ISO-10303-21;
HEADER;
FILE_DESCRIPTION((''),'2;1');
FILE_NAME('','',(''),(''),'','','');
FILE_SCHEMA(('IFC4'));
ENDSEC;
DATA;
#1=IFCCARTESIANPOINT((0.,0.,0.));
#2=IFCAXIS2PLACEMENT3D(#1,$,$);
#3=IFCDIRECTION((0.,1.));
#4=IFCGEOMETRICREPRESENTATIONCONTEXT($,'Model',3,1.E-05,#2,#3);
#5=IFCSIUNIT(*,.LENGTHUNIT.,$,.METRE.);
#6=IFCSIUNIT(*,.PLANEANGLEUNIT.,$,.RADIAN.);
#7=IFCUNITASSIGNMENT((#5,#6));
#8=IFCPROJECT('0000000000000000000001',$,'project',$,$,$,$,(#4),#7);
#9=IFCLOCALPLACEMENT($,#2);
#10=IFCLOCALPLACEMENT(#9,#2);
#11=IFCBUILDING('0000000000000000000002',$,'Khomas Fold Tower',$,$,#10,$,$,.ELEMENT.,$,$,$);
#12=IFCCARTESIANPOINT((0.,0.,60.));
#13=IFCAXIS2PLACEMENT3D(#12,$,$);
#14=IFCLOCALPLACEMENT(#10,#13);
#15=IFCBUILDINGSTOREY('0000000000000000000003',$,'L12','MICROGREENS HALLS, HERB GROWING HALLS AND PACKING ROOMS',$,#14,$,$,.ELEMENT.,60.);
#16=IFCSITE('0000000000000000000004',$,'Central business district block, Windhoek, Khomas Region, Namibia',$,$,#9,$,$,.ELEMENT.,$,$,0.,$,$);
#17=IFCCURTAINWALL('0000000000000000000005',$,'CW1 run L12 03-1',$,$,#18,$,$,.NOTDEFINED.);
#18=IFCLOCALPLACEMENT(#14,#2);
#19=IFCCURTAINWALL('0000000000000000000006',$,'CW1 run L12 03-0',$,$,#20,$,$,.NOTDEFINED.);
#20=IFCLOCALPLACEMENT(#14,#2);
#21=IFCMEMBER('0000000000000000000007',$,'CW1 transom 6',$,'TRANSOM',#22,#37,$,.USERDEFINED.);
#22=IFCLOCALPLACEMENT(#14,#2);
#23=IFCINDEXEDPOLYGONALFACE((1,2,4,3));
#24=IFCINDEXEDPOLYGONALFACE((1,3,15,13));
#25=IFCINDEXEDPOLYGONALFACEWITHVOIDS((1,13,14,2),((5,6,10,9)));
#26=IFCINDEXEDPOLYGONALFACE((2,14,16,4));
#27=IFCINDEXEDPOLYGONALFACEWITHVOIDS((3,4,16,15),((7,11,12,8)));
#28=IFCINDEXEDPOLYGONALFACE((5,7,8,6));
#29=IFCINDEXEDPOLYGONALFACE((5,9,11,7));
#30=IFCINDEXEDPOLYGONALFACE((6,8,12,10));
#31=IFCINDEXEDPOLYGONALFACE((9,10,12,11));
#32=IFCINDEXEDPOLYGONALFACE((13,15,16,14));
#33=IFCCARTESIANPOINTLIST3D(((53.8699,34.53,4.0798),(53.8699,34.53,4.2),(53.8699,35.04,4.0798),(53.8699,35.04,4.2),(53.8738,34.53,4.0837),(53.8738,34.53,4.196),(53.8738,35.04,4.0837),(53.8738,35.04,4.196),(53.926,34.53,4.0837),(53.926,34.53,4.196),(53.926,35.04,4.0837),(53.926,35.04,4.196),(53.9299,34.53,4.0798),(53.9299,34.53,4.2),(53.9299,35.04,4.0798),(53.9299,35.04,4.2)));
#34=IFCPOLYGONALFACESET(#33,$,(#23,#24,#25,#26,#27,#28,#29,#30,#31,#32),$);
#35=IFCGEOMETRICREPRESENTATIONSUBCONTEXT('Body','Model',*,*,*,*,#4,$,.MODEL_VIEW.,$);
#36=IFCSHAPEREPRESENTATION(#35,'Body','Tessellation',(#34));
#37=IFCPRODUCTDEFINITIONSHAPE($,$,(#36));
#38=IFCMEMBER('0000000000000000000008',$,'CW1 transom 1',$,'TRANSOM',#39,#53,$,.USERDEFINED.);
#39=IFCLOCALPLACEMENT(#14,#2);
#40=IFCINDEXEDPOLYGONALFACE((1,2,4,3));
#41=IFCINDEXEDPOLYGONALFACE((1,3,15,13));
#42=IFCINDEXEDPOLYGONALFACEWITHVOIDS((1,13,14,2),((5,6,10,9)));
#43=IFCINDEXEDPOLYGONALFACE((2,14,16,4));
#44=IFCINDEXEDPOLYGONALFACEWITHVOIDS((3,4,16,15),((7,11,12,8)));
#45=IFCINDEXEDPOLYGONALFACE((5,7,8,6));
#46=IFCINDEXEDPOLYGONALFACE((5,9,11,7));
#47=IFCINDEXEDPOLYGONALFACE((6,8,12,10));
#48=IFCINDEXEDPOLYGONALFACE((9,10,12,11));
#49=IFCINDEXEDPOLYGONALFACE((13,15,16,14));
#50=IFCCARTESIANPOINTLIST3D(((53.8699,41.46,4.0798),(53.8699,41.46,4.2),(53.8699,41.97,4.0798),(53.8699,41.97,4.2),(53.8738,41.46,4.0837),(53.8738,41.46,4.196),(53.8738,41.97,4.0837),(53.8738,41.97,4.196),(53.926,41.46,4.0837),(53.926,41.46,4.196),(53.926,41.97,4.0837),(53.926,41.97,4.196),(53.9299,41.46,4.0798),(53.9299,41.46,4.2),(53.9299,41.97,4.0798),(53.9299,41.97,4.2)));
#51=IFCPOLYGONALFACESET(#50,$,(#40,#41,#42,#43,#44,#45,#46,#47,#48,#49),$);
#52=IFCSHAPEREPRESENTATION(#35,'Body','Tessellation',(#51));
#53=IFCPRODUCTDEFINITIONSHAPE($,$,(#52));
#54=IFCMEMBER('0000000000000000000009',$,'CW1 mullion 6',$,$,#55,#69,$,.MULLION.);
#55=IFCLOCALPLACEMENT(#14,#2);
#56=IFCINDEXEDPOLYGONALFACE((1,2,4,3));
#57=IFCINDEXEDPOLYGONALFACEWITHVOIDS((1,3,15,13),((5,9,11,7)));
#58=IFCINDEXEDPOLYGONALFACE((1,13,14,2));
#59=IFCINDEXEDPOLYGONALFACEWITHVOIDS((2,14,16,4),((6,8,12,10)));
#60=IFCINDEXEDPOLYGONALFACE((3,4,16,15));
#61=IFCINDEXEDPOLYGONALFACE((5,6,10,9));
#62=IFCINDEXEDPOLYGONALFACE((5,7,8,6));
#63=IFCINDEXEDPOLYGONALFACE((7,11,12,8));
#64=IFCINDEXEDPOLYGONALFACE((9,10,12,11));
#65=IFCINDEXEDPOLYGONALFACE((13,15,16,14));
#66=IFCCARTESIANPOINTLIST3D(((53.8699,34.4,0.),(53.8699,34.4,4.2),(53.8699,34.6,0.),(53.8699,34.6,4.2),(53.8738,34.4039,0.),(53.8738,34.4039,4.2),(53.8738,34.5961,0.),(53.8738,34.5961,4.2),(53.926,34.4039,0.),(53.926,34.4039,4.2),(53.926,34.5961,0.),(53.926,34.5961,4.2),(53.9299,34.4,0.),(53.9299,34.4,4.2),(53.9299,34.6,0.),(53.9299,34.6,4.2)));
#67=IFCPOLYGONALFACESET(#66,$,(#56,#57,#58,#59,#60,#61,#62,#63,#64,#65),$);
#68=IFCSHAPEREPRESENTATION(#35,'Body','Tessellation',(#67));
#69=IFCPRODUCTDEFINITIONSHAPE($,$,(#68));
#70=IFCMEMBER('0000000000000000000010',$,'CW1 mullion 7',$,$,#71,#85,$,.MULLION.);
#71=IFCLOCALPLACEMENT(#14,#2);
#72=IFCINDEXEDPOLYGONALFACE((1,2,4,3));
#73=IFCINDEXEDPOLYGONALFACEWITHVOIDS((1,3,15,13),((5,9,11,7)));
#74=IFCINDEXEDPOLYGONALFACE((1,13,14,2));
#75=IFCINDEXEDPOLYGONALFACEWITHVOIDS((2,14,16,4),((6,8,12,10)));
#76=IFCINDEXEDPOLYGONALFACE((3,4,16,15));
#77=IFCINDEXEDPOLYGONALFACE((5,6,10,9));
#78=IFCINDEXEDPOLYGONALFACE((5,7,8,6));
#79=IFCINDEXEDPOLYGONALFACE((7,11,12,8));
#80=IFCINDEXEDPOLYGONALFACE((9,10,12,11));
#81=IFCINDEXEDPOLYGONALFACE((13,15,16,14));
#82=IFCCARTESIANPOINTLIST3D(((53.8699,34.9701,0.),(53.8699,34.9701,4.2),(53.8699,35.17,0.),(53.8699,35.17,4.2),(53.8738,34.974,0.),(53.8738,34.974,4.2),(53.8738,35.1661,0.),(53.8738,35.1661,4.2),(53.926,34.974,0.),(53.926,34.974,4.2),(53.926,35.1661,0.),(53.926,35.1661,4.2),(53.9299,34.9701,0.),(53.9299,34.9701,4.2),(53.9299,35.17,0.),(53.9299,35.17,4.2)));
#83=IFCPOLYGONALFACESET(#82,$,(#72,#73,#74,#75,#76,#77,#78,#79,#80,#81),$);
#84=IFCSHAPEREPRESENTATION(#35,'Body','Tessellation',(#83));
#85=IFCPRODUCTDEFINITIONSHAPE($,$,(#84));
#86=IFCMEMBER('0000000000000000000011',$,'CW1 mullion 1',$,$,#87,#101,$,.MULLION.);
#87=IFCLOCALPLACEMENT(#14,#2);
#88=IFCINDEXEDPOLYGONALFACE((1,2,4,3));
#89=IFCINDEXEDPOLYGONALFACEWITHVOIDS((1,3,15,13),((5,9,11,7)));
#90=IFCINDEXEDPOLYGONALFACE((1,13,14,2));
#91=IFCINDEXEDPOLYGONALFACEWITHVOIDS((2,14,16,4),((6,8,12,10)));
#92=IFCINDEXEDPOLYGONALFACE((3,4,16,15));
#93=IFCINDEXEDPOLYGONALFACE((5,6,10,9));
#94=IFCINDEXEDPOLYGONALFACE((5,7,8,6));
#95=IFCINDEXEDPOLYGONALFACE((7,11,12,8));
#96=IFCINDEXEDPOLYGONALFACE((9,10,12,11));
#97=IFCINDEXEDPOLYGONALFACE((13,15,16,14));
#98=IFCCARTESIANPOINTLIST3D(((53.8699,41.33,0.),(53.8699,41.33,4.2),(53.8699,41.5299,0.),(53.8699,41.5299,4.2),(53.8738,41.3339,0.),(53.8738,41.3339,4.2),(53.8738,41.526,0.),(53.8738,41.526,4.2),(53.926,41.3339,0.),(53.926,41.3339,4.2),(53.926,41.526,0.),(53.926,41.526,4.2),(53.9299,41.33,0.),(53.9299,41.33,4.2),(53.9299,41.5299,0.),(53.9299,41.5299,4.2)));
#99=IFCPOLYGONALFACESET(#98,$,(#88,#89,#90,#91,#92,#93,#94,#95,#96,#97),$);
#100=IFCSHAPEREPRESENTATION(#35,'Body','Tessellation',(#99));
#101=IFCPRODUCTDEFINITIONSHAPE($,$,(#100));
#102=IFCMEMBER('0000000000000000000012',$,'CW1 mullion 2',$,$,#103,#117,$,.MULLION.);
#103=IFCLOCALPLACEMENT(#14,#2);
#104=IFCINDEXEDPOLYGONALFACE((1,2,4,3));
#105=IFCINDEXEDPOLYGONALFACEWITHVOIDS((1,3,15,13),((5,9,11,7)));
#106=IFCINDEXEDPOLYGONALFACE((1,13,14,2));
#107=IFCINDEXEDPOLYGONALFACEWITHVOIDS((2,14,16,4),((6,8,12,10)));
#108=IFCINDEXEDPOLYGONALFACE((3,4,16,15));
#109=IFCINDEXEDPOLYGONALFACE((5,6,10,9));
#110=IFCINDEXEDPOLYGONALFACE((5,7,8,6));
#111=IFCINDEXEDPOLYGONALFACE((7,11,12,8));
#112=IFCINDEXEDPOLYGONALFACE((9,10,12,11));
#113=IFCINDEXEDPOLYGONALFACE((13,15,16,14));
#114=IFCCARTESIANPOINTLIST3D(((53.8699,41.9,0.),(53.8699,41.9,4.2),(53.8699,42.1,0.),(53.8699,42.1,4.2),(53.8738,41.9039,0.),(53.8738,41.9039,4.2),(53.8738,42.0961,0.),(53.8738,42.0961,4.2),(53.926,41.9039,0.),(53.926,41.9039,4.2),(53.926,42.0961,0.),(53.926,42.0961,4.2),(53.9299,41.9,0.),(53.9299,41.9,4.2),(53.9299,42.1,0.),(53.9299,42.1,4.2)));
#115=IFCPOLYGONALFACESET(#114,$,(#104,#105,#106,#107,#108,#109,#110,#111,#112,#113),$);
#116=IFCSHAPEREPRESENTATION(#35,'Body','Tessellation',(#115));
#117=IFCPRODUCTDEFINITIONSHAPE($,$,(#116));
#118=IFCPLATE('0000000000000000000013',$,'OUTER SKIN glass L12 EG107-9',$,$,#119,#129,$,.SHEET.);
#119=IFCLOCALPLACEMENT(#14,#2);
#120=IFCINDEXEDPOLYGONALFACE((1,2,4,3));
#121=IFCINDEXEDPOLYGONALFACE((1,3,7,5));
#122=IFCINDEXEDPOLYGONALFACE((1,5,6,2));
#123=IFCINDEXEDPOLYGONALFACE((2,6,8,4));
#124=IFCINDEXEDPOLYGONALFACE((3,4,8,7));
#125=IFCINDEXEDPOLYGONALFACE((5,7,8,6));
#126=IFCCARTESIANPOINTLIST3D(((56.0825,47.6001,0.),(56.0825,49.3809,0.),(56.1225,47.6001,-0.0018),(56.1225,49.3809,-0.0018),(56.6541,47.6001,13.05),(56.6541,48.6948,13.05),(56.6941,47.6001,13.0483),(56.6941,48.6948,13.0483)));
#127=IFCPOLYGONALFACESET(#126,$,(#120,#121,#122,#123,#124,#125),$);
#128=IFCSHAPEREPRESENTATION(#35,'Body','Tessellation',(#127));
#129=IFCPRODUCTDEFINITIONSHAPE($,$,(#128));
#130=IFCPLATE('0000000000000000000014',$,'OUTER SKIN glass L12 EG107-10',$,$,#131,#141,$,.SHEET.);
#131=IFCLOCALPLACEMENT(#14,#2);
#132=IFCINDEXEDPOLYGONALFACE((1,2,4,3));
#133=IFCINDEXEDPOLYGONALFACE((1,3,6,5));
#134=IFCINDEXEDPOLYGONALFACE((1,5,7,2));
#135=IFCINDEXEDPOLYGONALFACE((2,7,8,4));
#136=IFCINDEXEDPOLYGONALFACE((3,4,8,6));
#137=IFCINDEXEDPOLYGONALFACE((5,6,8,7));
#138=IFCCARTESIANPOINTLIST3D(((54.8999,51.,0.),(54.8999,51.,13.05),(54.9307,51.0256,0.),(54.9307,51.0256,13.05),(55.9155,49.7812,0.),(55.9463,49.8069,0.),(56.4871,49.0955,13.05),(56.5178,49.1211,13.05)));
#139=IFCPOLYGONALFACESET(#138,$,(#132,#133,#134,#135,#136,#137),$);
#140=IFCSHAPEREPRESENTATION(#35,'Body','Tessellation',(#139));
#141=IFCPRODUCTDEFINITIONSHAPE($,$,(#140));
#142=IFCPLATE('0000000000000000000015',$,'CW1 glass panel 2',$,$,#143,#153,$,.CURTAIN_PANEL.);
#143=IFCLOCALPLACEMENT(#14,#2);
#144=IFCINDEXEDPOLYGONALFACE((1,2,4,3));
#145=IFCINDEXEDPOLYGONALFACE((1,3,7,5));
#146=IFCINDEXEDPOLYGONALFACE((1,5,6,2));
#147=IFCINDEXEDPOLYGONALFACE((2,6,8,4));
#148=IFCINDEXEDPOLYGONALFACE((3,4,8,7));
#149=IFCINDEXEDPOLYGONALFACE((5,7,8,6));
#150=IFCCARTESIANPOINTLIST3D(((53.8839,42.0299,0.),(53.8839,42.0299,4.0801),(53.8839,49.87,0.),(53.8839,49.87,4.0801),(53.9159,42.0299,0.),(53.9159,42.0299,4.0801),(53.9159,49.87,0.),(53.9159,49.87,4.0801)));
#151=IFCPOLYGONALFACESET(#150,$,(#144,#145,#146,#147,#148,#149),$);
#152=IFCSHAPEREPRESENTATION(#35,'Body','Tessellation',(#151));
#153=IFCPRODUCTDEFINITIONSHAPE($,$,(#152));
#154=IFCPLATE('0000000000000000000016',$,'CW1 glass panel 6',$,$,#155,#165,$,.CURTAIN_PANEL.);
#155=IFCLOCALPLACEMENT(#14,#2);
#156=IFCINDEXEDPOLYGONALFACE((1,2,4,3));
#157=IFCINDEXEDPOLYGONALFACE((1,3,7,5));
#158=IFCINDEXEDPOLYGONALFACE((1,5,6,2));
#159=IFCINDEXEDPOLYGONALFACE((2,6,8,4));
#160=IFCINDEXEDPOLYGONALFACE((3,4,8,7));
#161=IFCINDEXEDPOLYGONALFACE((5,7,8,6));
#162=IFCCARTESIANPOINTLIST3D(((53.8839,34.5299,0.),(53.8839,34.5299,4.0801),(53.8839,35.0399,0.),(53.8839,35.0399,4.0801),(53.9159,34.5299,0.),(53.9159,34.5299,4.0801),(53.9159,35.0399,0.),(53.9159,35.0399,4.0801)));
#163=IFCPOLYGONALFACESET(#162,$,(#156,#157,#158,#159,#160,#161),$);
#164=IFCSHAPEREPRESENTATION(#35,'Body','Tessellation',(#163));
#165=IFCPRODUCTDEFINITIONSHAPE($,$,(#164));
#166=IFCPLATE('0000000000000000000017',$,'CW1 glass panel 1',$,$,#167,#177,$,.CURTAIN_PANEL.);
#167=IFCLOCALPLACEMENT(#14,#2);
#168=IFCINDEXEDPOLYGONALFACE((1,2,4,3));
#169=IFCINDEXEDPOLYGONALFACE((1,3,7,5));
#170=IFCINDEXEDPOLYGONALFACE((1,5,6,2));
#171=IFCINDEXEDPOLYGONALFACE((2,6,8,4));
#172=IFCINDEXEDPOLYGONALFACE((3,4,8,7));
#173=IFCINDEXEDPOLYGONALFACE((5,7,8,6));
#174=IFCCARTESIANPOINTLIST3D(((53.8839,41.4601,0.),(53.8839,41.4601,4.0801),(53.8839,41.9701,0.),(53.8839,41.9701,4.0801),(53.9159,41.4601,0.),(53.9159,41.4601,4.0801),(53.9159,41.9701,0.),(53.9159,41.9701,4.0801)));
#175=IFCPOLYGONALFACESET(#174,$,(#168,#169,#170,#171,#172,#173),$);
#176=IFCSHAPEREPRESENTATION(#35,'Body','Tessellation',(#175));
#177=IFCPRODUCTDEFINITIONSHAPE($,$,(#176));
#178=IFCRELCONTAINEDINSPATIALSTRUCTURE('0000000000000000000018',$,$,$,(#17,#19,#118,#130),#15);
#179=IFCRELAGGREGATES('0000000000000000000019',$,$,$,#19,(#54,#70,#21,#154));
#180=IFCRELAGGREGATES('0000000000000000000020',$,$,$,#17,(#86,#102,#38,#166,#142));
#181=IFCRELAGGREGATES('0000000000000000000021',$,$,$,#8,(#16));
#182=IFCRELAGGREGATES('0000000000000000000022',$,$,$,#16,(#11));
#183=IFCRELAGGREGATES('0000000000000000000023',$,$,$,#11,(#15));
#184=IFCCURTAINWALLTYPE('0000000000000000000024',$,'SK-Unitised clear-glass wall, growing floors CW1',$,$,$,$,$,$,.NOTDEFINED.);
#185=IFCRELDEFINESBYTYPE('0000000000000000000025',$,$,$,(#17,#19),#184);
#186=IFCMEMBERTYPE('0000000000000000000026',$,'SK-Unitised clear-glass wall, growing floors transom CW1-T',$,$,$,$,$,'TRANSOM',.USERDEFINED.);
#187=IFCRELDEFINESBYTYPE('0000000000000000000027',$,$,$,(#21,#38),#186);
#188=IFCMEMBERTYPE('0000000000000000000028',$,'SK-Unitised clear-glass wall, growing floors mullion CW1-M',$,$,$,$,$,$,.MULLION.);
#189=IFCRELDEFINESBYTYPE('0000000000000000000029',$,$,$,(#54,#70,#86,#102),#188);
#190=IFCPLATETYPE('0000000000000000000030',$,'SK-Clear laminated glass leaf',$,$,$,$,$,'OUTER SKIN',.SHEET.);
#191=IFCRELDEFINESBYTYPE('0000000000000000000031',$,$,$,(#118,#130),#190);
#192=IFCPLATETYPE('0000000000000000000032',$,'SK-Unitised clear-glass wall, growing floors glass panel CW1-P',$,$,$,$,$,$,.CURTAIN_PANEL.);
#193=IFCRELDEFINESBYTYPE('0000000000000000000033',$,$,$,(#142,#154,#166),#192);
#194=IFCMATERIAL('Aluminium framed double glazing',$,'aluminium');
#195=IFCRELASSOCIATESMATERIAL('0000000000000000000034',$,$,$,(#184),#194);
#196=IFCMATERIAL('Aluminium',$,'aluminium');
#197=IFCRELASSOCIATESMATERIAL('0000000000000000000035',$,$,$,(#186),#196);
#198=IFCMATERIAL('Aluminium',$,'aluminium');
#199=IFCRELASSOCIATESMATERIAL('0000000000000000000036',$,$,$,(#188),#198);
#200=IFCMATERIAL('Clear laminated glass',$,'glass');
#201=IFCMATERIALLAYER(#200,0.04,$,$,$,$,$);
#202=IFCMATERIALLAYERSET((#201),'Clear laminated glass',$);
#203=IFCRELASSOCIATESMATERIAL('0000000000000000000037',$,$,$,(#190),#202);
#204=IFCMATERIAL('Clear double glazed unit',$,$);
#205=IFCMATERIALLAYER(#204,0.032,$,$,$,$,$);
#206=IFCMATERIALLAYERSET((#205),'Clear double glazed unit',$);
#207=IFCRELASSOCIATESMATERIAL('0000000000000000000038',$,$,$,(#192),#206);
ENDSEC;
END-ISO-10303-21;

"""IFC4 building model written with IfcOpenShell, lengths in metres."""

from ifc_helpers import new_model, si_unit, direction, frame, origin, origin_2d, place, context, subcontext, project, spatial, polyline, rectangle, hollow_rectangle, outline, extrude, source, transform, mapped, material, layer, layer_set, material_profile, profile_set, type_object, element, aggregate, save


model = new_model("IFC4")

# Units and contexts
model_context = context("Model", 3, precision=1e-05, world=origin(), true_north=direction((0.0, 1.0)))
body_context = subcontext(model_context, "Body", "Model", "MODEL_VIEW")
ifc_project = project(units=[si_unit("LENGTHUNIT", "METRE"), si_unit("PLANEANGLEUNIT", "RADIAN")], contexts=[model_context])

# Site, building, storey
site_placement = place(None, origin())
site = spatial("IfcSite", under=ifc_project, at=site_placement, Name="Central business district block, Windhoek, Khomas Region, Namibia", CompositionType="ELEMENT", RefElevation=0.0)
building_placement = place(site_placement, origin())
building = spatial("IfcBuilding", under=site, at=building_placement, Name="Khomas Fold Tower", CompositionType="ELEMENT")
storey_placement = place(building_placement, frame((0.0, 0.0, 60.0)))
storey = spatial("IfcBuildingStorey", under=building, at=storey_placement, Name="L12", Description="MICROGREENS HALLS, HERB GROWING HALLS AND PACKING ROOMS", CompositionType="ELEMENT", Elevation=60.0)

# Curtain walls, member
ifc_material_1 = material(Name="Aluminium framed double glazing", Category="aluminium")
curtain_wall_type = type_object("IfcCurtainWallType", Name="SK-Unitised clear-glass wall, growing floors CW1", PredefinedType="NOTDEFINED", material=ifc_material_1)
curtain_wall_1_placement = place(storey_placement, origin())
curtain_wall_1 = element("IfcCurtainWall", 1, at=curtain_wall_1_placement, inside=storey, type_object=curtain_wall_type, Name="CW1 run L12 03-1", PredefinedType="NOTDEFINED")
ifc_material_2 = material(Name="Aluminium", Category="aluminium")
ifc_material_profile_1 = material_profile(ifc_material_2, hollow_rectangle(XDim=0.0601, YDim=0.1201, WallThickness=0.0039, at=origin_2d()), Name="SK-Unitised clear-glass wall, growing floors transom CW1-T")
ifc_profile_set_1 = profile_set([ifc_material_profile_1], Name="Aluminium")
member_type_1 = type_object("IfcMemberType", Name="SK-Unitised clear-glass wall, growing floors transom CW1-T", ElementType="TRANSOM", PredefinedType="USERDEFINED", material=ifc_profile_set_1)
curtain_wall_2_placement = place(storey_placement, origin())
curtain_wall_2 = element("IfcCurtainWall", 2, at=curtain_wall_2_placement, inside=storey, type_object=curtain_wall_type, Name="CW1 run L12 03-0", PredefinedType="NOTDEFINED")
shared_shape_1 = source(origin(), body_context, "Body", "SweptSolid", [
    extrude(hollow_rectangle(XDim=0.0601, YDim=0.1201, WallThickness=0.0039, at=origin_2d()), origin(), (0.0, 0.0, 1.0), 0.51),
])
member_1_placement = place(storey_placement, frame((53.8999, 34.53, 4.1399), z_axis=(0.0, 1.0, 0.0), x_axis=(-1.0, 0.0, 0.0)))
member_1 = element("IfcMember", 3, at=member_1_placement, type_object=member_type_1, Name="CW1 transom 6", ObjectType="TRANSOM", PredefinedType="USERDEFINED", context=body_context, shape_type="MappedRepresentation", body=[
    mapped(shared_shape_1, transform((0.0, 0.0, 0.0))),
])

# Members
member_2_placement = place(storey_placement, frame((53.8999, 41.46, 4.1399), z_axis=(0.0, 1.0, 0.0), x_axis=(-1.0, 0.0, 0.0)))
member_2 = element("IfcMember", 4, at=member_2_placement, type_object=member_type_1, Name="CW1 transom 1", ObjectType="TRANSOM", PredefinedType="USERDEFINED", context=body_context, shape_type="MappedRepresentation", body=[
    mapped(shared_shape_1, transform((0.0, 0.0, 0.0))),
])
ifc_material_3 = material(Name="Aluminium", Category="aluminium")
ifc_material_profile_2 = material_profile(ifc_material_3, hollow_rectangle(XDim=0.0601, YDim=0.2, WallThickness=0.0039, at=origin_2d()), Name="SK-Unitised clear-glass wall, growing floors mullion CW1-M")
ifc_profile_set_2 = profile_set([ifc_material_profile_2], Name="Aluminium")
member_type_2 = type_object("IfcMemberType", Name="SK-Unitised clear-glass wall, growing floors mullion CW1-M", PredefinedType="MULLION", material=ifc_profile_set_2)
shared_shape_2 = source(origin(), body_context, "Body", "SweptSolid", [
    extrude(hollow_rectangle(XDim=0.0601, YDim=0.2, WallThickness=0.0039, at=origin_2d()), origin(), (0.0, 0.0, 1.0), 4.2),
])
member_3_placement = place(storey_placement, frame((53.8999, 34.5, 0.0), z_axis=(0.0, 0.0, 1.0), x_axis=(-1.0, 0.0, 0.0)))
member_3 = element("IfcMember", 5, at=member_3_placement, type_object=member_type_2, Name="CW1 mullion 6", PredefinedType="MULLION", context=body_context, shape_type="MappedRepresentation", body=[
    mapped(shared_shape_2, transform((0.0, 0.0, 0.0))),
])
member_4_placement = place(storey_placement, frame((53.8999, 35.0701, 0.0), z_axis=(0.0, 0.0, 1.0), x_axis=(-1.0, 0.0, 0.0)))
member_4 = element("IfcMember", 6, at=member_4_placement, type_object=member_type_2, Name="CW1 mullion 7", PredefinedType="MULLION", context=body_context, shape_type="MappedRepresentation", body=[
    mapped(shared_shape_2, transform((0.0, 0.0, 0.0))),
])
member_5_placement = place(storey_placement, frame((53.8999, 41.4299, 0.0), z_axis=(0.0, 0.0, 1.0), x_axis=(-1.0, 0.0, 0.0)))
member_5 = element("IfcMember", 7, at=member_5_placement, type_object=member_type_2, Name="CW1 mullion 1", PredefinedType="MULLION", context=body_context, shape_type="MappedRepresentation", body=[
    mapped(shared_shape_2, transform((0.0, 0.0, 0.0))),
])
member_6_placement = place(storey_placement, frame((53.8999, 42.0, 0.0), z_axis=(0.0, 0.0, 1.0), x_axis=(-1.0, 0.0, 0.0)))
member_6 = element("IfcMember", 8, at=member_6_placement, type_object=member_type_2, Name="CW1 mullion 2", PredefinedType="MULLION", context=body_context, shape_type="MappedRepresentation", body=[
    mapped(shared_shape_2, transform((0.0, 0.0, 0.0))),
])

# Plates
ifc_material_4 = material(Name="Clear laminated glass", Category="glass")
ifc_layer_1 = layer(ifc_material_4, 0.04)
ifc_layer_set_1 = layer_set([ifc_layer_1], Name="Clear laminated glass")
plate_type_1 = type_object("IfcPlateType", Name="SK-Clear laminated glass leaf", ElementType="OUTER SKIN", PredefinedType="SHEET", material=ifc_layer_set_1)
plate_1_placement = place(storey_placement, frame((56.6541, 47.6001, 13.05), z_axis=(-0.999042, 0.0, 0.043754), x_axis=(0.0, 1.0, 0.0)))
element("IfcPlate", 9, at=plate_1_placement, inside=storey, type_object=plate_type_1, Name="OUTER SKIN glass L12 EG107-9", PredefinedType="SHEET", context=body_context, shape_type="SweptSolid", body=[
    extrude(outline(polyline([(0.0, 0.0), (1.0947, 0.0), (1.7808, 13.0626), (0.0, 13.0626), (0.0, 0.0)])), origin(), (0.0, 0.0, -1.0), 0.04),
])
plate_2_placement = place(storey_placement, frame((55.9155, 49.7812, 0.0), z_axis=(-0.768216, -0.64019, 0.000001), x_axis=(0.043693, -0.052429, 0.997668)))
element("IfcPlate", 10, at=plate_2_placement, inside=storey, type_object=plate_type_1, Name="OUTER SKIN glass L12 EG107-10", PredefinedType="SHEET", context=body_context, shape_type="SweptSolid", body=[
    extrude(outline(polyline([(0.0, 0.0), (13.0805, 0.0), (12.9113, 2.4734), (-0.1083, 1.5828), (0.0, 0.0)])), origin(), (0.0, 0.0, -1.0), 0.04),
])

# Plates
ifc_material_5 = material(Name="Clear double glazed unit")
ifc_layer_2 = layer(ifc_material_5, 0.032)
ifc_layer_set_2 = layer_set([ifc_layer_2], Name="Clear double glazed unit")
plate_type_2 = type_object("IfcPlateType", Name="SK-Unitised clear-glass wall, growing floors glass panel CW1-P", PredefinedType="CURTAIN_PANEL", material=ifc_layer_set_2)
shared_shape_3 = source(origin(), body_context, "Body", "SweptSolid", [
    extrude(rectangle(XDim=7.8401, YDim=0.032, at=origin_2d()), origin(), (0.0, 0.0, 1.0), 4.0801),
])
plate_3_placement = place(storey_placement, frame((53.8999, 45.95, 0.0), z_axis=(0.0, 0.0, 1.0), x_axis=(0.0, 1.0, 0.0)))
plate_3 = element("IfcPlate", 11, at=plate_3_placement, type_object=plate_type_2, Name="CW1 glass panel 2", PredefinedType="CURTAIN_PANEL", context=body_context, shape_type="MappedRepresentation", body=[
    mapped(shared_shape_3, transform((0.0, 0.0, 0.0))),
])
shared_shape_4 = source(origin(), body_context, "Body", "SweptSolid", [
    extrude(rectangle(XDim=0.51, YDim=0.032, at=origin_2d()), origin(), (0.0, 0.0, 1.0), 4.0801),
])
plate_4_placement = place(storey_placement, frame((53.8999, 34.7849, 0.0), z_axis=(0.0, 0.0, 1.0), x_axis=(0.0, 1.0, 0.0)))
plate_4 = element("IfcPlate", 12, at=plate_4_placement, type_object=plate_type_2, Name="CW1 glass panel 6", PredefinedType="CURTAIN_PANEL", context=body_context, shape_type="MappedRepresentation", body=[
    mapped(shared_shape_4, transform((0.0, 0.0, 0.0))),
])
aggregate(curtain_wall_2, [member_3, member_4, member_1, plate_4])
plate_5_placement = place(storey_placement, frame((53.8999, 41.7151, 0.0), z_axis=(0.0, 0.0, 1.0), x_axis=(0.0, 1.0, 0.0)))
plate_5 = element("IfcPlate", 13, at=plate_5_placement, type_object=plate_type_2, Name="CW1 glass panel 1", PredefinedType="CURTAIN_PANEL", context=body_context, shape_type="MappedRepresentation", body=[
    mapped(shared_shape_4, transform((0.0, 0.0, 0.0))),
])
aggregate(curtain_wall_1, [member_5, member_6, member_2, plate_5, plate_3])

save(model, "model.ifc")
